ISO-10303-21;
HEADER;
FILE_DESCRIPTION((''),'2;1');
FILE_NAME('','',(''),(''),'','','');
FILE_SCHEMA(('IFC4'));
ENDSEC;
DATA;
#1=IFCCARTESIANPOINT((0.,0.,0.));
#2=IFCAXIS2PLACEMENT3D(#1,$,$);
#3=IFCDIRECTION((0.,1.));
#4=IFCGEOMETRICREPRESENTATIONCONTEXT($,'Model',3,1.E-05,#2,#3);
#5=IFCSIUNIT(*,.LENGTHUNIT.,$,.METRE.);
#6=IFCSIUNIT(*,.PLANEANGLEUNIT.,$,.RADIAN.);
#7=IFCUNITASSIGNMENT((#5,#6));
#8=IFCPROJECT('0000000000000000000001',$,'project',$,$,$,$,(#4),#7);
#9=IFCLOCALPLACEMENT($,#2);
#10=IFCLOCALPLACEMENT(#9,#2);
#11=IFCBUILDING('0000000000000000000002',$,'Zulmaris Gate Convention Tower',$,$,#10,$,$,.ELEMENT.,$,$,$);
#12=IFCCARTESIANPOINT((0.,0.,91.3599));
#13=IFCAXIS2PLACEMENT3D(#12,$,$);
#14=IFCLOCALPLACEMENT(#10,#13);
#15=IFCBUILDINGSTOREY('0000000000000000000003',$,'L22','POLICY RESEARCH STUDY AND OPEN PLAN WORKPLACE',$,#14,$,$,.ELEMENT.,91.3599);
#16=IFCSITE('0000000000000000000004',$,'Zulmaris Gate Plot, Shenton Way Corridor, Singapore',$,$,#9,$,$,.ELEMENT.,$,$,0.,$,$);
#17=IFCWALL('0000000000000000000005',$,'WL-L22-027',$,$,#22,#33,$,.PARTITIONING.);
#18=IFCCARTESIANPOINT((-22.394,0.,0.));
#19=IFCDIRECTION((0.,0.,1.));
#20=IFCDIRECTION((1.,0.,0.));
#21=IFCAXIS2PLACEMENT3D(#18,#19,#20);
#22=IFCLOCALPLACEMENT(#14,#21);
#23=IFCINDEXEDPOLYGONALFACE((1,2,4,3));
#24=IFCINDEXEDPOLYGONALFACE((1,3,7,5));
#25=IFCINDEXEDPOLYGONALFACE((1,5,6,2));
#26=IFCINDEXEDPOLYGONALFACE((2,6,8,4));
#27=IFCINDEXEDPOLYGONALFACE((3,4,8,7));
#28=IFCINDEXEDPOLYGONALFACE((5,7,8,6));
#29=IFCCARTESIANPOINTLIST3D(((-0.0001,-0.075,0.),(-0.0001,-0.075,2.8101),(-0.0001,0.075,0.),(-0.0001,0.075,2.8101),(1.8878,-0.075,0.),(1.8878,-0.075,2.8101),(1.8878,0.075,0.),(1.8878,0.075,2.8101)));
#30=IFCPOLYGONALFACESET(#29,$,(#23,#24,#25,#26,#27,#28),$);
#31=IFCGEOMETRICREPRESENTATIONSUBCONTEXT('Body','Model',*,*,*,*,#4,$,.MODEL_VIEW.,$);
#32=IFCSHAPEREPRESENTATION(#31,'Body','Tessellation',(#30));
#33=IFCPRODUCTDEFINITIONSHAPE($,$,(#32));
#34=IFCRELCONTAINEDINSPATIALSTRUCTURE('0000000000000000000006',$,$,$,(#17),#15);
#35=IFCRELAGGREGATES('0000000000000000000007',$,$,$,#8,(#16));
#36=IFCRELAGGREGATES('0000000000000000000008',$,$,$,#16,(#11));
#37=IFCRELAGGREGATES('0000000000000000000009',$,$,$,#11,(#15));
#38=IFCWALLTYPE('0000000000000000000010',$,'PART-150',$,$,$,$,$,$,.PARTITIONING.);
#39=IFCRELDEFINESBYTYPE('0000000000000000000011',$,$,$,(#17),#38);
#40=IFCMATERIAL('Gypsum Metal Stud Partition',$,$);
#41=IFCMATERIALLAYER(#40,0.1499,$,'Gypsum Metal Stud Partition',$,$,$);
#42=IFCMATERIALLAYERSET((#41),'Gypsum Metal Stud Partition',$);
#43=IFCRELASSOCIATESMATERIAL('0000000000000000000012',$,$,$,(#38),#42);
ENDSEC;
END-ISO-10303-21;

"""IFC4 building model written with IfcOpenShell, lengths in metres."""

from ifc_helpers import new_model, si_unit, direction, frame, frame_2d, origin, place, context, subcontext, project, spatial, rectangle, extrude, material, layer, layer_set, type_object, element, save


model = new_model("IFC4")

# Units and contexts
model_context = context("Model", 3, precision=1e-05, world=origin(), true_north=direction((0.0, 1.0)))
body_context = subcontext(model_context, "Body", "Model", "MODEL_VIEW")
ifc_project = project(units=[si_unit("LENGTHUNIT", "METRE"), si_unit("PLANEANGLEUNIT", "RADIAN")], contexts=[model_context])

# Site, building, storey
site_placement = place(None, origin())
site = spatial("IfcSite", under=ifc_project, at=site_placement, Name="Zulmaris Gate Plot, Shenton Way Corridor, Singapore", CompositionType="ELEMENT", RefElevation=0.0)
building_placement = place(site_placement, origin())
building = spatial("IfcBuilding", under=site, at=building_placement, Name="Zulmaris Gate Convention Tower", CompositionType="ELEMENT")
storey_placement = place(building_placement, frame((0.0, 0.0, 91.3599)))
storey = spatial("IfcBuildingStorey", under=building, at=storey_placement, Name="L22", Description="POLICY RESEARCH STUDY AND OPEN PLAN WORKPLACE", CompositionType="ELEMENT", Elevation=91.3599)

# Wall
ifc_material_1 = material(Name="Gypsum Metal Stud Partition")
ifc_layer_1 = layer(ifc_material_1, 0.1499, Name="Gypsum Metal Stud Partition")
ifc_layer_set_1 = layer_set([ifc_layer_1], Name="Gypsum Metal Stud Partition")
wall_type_1 = type_object("IfcWallType", Name="PART-150", PredefinedType="PARTITIONING", material=ifc_layer_set_1)
wall_1_placement = place(storey_placement, frame((-22.394, 0.0, 0.0), z_axis=(0.0, 0.0, 1.0), x_axis=(1.0, 0.0, 0.0)))
element("IfcWall", 1, at=wall_1_placement, inside=storey, type_object=wall_type_1, Name="WL-L22-027", PredefinedType="PARTITIONING", context=body_context, shape_type="SweptSolid", body=[
    extrude(rectangle(XDim=1.8879, YDim=0.1499, at=frame_2d((0.9438, 0.0))), origin(), (0.0, 0.0, 1.0), 2.8101),
])

save(model, "model.ifc")
